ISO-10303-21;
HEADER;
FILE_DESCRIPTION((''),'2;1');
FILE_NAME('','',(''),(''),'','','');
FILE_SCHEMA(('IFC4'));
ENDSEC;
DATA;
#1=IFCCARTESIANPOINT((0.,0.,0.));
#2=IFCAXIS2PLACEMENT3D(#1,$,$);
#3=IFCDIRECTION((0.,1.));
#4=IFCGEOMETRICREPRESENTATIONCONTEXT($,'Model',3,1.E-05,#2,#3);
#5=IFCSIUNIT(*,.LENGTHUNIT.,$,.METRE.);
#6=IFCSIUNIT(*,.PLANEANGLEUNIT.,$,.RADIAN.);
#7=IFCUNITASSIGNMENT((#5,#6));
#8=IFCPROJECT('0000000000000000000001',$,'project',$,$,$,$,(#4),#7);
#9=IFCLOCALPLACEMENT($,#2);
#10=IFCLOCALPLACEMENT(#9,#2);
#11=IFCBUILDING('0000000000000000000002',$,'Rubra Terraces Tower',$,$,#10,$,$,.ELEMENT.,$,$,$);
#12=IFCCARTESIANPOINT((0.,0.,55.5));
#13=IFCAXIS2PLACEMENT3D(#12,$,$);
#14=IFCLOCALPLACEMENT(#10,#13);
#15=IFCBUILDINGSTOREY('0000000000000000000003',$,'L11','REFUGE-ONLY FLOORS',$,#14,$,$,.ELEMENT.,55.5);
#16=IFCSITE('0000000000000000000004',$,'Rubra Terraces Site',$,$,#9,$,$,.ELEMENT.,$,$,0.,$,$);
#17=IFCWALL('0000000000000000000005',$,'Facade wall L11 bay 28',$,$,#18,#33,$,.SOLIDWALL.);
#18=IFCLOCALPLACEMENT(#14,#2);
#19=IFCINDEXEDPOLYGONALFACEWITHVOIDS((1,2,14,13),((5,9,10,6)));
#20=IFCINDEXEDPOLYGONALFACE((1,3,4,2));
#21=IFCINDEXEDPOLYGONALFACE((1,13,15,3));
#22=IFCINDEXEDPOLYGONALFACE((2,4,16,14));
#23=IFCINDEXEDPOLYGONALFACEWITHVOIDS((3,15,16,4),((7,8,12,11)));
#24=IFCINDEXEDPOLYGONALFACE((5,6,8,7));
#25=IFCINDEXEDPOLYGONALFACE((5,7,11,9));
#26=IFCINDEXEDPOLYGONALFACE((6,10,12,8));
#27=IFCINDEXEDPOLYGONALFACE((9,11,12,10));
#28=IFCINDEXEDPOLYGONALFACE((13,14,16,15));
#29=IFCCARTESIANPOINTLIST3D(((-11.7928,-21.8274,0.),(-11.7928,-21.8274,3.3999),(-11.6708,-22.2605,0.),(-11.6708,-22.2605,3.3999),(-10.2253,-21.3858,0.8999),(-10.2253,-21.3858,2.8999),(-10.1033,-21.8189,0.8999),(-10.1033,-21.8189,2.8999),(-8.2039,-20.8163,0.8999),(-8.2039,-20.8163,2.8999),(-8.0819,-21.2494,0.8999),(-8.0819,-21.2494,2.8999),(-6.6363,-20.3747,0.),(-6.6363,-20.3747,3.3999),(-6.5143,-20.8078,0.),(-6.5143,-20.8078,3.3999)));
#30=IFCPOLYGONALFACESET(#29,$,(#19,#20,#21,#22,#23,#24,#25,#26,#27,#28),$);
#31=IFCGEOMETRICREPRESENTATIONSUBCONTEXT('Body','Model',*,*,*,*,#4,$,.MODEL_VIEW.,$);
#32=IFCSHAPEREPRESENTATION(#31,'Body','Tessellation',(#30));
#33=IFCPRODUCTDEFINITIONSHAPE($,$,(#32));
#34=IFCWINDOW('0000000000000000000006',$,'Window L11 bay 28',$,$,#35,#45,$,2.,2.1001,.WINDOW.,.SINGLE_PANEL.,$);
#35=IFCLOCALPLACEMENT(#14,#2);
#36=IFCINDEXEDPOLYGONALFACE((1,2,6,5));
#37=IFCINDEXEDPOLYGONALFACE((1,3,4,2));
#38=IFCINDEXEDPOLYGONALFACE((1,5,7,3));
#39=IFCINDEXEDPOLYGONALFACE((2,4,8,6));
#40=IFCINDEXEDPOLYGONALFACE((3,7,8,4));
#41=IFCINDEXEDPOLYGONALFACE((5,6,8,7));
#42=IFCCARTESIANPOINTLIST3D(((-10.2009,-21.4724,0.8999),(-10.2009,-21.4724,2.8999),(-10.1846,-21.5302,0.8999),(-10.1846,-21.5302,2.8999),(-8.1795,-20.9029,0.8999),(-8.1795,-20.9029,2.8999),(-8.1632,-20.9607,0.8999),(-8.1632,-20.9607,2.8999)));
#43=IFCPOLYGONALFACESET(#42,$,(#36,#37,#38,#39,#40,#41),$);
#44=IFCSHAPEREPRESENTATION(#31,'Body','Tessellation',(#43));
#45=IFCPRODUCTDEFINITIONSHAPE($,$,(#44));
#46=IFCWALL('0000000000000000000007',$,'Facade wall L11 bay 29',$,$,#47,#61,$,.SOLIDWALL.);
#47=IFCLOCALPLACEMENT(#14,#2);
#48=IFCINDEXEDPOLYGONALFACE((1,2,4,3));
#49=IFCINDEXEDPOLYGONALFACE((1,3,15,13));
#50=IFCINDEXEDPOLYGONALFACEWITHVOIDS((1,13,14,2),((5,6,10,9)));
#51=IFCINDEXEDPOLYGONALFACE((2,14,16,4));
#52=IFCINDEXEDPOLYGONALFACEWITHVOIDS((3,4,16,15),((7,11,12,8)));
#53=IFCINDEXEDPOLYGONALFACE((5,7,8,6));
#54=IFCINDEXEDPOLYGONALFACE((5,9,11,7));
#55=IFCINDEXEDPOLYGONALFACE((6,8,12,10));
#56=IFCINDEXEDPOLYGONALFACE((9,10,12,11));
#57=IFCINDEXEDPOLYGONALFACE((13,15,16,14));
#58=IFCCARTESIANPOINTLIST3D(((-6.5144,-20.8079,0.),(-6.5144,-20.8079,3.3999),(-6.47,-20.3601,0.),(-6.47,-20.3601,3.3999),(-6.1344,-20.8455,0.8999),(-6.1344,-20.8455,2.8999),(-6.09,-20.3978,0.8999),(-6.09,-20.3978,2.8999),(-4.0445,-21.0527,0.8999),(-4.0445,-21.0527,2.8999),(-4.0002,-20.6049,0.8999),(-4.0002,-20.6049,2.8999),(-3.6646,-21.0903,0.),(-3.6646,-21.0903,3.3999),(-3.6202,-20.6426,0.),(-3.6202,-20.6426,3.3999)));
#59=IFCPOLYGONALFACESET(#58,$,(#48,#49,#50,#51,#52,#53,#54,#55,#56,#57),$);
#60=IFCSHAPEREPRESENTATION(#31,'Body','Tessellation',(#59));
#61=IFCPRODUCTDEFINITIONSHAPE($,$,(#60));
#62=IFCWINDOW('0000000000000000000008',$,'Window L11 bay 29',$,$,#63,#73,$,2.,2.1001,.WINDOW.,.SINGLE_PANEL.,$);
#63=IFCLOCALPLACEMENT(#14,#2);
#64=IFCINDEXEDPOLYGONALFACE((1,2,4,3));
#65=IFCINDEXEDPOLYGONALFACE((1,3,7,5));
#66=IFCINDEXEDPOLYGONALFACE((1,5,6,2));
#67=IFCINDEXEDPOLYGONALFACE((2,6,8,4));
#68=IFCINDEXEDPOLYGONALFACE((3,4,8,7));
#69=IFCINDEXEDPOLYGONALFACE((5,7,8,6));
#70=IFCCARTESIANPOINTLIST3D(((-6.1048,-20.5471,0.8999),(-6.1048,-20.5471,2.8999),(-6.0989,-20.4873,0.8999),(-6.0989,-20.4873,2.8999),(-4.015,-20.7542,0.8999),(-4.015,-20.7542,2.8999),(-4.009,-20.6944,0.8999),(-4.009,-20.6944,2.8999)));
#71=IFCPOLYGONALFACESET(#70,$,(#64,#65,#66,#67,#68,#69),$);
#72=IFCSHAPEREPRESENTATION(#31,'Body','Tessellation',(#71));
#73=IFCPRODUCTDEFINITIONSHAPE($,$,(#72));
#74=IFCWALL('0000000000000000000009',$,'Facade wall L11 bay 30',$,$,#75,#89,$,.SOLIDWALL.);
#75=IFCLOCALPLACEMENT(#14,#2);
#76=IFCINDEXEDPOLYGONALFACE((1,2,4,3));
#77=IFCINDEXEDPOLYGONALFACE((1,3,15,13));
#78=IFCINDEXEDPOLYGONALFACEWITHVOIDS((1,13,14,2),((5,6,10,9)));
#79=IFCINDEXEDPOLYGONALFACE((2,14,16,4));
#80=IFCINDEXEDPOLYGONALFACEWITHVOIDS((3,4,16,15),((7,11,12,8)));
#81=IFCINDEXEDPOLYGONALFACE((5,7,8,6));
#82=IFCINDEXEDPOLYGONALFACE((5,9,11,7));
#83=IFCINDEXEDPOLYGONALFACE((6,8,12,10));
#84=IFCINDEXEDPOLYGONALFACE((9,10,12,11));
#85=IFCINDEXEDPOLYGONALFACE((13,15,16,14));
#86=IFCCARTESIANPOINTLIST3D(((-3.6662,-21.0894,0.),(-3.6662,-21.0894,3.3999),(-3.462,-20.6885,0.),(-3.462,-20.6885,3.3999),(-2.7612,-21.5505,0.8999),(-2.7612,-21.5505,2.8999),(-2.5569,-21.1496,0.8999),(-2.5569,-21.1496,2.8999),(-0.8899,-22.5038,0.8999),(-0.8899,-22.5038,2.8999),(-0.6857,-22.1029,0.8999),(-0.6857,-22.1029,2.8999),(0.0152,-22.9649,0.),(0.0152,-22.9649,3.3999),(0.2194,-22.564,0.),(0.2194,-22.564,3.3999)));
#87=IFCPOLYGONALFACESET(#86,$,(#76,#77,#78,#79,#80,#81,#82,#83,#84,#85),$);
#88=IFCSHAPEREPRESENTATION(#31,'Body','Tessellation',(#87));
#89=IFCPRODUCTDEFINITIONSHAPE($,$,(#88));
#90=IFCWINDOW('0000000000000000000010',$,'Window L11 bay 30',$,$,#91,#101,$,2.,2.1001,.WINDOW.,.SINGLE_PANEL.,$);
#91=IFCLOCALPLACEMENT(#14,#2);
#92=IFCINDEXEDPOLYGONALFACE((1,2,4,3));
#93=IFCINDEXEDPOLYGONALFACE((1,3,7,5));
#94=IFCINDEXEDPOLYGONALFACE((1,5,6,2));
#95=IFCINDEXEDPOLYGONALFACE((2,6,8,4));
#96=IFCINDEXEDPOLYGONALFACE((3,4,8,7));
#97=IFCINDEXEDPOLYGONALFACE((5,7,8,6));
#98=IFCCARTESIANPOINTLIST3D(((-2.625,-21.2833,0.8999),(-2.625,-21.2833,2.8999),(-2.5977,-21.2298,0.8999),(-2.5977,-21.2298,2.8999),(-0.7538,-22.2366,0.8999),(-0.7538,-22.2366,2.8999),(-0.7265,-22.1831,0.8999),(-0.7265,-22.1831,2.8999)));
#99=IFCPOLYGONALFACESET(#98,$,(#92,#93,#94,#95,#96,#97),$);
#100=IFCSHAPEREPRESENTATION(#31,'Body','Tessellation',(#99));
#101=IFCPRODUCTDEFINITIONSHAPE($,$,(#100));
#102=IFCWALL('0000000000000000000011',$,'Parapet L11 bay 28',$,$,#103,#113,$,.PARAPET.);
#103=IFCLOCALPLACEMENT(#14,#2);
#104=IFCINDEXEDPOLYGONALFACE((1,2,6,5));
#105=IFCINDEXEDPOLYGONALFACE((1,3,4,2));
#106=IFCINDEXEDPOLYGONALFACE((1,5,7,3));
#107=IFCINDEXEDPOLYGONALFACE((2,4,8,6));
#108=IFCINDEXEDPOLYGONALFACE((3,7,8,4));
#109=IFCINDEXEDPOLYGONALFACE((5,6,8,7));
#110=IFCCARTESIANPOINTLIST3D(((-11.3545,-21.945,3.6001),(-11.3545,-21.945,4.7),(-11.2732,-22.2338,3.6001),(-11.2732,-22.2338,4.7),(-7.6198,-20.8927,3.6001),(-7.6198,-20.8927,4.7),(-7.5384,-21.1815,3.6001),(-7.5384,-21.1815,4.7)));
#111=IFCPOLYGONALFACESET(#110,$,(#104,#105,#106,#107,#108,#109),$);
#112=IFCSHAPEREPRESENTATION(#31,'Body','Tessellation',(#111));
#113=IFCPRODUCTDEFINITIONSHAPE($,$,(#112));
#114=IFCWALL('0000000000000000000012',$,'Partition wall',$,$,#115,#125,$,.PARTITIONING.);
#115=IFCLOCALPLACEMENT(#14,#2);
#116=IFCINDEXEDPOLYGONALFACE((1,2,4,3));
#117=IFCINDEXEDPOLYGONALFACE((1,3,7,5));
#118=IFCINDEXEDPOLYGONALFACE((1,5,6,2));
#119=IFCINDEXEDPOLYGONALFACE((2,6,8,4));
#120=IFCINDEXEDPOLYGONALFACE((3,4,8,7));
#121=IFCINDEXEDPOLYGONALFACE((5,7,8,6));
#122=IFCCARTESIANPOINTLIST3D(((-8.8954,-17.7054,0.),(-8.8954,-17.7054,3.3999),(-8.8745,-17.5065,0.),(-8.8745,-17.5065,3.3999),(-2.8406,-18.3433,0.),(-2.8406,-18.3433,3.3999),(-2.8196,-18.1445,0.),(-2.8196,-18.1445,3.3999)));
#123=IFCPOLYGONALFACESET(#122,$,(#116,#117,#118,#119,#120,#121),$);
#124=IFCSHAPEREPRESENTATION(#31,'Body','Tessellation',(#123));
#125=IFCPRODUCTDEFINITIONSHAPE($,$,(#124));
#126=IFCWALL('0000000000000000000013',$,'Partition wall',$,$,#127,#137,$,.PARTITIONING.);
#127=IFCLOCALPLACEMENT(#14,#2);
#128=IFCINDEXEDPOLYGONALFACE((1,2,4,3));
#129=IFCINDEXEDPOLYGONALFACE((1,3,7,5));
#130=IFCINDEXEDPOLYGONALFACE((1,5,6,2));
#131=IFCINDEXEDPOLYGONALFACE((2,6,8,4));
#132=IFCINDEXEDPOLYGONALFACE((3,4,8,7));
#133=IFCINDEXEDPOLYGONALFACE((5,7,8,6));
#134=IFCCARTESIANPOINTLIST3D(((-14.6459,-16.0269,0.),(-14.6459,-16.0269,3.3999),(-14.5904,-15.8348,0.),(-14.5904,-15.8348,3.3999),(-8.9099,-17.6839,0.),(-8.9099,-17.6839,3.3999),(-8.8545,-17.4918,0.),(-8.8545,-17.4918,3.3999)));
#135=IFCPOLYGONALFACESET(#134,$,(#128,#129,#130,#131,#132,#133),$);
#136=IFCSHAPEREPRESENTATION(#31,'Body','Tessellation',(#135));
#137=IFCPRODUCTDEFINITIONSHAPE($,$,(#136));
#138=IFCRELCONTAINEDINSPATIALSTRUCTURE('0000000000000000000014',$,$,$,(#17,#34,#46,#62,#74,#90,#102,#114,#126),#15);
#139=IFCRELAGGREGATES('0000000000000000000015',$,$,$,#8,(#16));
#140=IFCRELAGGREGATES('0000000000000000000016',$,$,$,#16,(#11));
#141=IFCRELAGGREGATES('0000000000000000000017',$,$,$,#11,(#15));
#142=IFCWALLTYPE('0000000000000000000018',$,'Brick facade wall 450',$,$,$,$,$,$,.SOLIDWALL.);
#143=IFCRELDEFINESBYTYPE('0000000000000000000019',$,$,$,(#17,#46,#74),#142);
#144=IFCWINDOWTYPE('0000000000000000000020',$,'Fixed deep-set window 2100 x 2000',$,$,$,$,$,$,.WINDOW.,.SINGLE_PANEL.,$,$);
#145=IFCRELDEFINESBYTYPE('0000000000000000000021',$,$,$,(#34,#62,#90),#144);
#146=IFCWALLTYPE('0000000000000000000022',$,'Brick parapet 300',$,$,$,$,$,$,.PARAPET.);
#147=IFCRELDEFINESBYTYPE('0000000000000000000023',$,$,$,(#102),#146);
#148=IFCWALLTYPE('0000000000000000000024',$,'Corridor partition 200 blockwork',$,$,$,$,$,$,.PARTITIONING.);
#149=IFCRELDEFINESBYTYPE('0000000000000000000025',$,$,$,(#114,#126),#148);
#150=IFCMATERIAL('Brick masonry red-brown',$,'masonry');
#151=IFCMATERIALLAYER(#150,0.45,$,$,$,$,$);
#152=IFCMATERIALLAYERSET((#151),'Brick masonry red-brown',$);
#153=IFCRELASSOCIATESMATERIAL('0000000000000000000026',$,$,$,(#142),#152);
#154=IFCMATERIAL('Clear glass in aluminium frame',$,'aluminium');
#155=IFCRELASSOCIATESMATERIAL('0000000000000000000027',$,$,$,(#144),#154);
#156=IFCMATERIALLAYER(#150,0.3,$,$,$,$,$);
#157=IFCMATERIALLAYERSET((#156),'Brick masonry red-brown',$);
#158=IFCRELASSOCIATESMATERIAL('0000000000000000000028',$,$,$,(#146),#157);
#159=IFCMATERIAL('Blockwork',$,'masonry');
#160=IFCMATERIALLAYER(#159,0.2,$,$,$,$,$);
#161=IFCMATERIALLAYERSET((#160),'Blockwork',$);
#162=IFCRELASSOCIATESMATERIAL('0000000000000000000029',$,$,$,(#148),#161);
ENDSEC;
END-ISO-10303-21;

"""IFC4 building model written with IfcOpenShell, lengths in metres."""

from ifc_helpers import new_model, si_unit, direction, frame, frame_2d, origin, place, context, subcontext, project, spatial, rectangle, extrude, material, layer, layer_set, type_object, element, fill, save


model = new_model("IFC4")

# Units and contexts
model_context = context("Model", 3, precision=1e-05, world=origin(), true_north=direction((0.0, 1.0)))
body_context = subcontext(model_context, "Body", "Model", "MODEL_VIEW")
ifc_project = project(units=[si_unit("LENGTHUNIT", "METRE"), si_unit("PLANEANGLEUNIT", "RADIAN")], contexts=[model_context])

# Site, building, storey
site_placement = place(None, origin())
site = spatial("IfcSite", under=ifc_project, at=site_placement, Name="Rubra Terraces Site", CompositionType="ELEMENT", RefElevation=0.0)
building_placement = place(site_placement, origin())
building = spatial("IfcBuilding", under=site, at=building_placement, Name="Rubra Terraces Tower", CompositionType="ELEMENT")
storey_placement = place(building_placement, frame((0.0, 0.0, 55.5)))
storey = spatial("IfcBuildingStorey", under=building, at=storey_placement, Name="L11", Description="REFUGE-ONLY FLOORS", CompositionType="ELEMENT", Elevation=55.5)

# Walls, openings, windows
ifc_material_1 = material(Name="Brick masonry red-brown", Category="masonry")
ifc_layer_1 = layer(ifc_material_1, 0.45)
ifc_layer_set_1 = layer_set([ifc_layer_1], Name="Brick masonry red-brown")
wall_type_1 = type_object("IfcWallType", Name="Brick facade wall 450", PredefinedType="SOLIDWALL", material=ifc_layer_set_1)
wall_1_placement = place(storey_placement, frame((-11.7319, -22.0439, 0.0), z_axis=(0.0, 0.0, 1.0), x_axis=(0.962535, 0.271156, 0.0)))
wall_1 = element("IfcWall", 1, at=wall_1_placement, inside=storey, type_object=wall_type_1, Name="Facade wall L11 bay 28", PredefinedType="SOLIDWALL", context=body_context, shape_type="SweptSolid", body=[
    extrude(rectangle(XDim=5.3572, YDim=0.45, at=frame_2d((2.6787, 0.0))), origin(), (0.0, 0.0, 1.0), 3.3999),
])
opening_1_placement = place(wall_1_placement, frame((1.6287, 0.0, 0.8999)))
opening_1 = element("IfcOpeningElement", 2, at=opening_1_placement, cuts=wall_1, PredefinedType="OPENING", context=body_context, shape_type="SweptSolid", body=[
    extrude(rectangle(XDim=2.1001, YDim=2.0, at=frame_2d((1.05, 1.0))), frame((0.0, 0.2349, 0.0), z_axis=(0.0, -1.0, 0.0), x_axis=(1.0, 0.0, 0.0)), (0.0, 0.0, 1.0), 0.47),
])
ifc_material_2 = material(Name="Clear glass in aluminium frame", Category="aluminium")
window_type = type_object("IfcWindowType", Name="Fixed deep-set window 2100 x 2000", PartitioningType="SINGLE_PANEL", PredefinedType="WINDOW", material=ifc_material_2)
window_1_placement = place(opening_1_placement, origin())
window_1 = element("IfcWindow", 3, at=window_1_placement, inside=storey, type_object=window_type, Name="Window L11 bay 28", OverallHeight=2.0, OverallWidth=2.1001, PartitioningType="SINGLE_PANEL", PredefinedType="WINDOW", context=body_context, shape_type="SweptSolid", body=[
    extrude(rectangle(XDim=2.1001, YDim=2.0, at=frame_2d((1.05, 1.0))), frame((0.0, 0.135, 0.0), z_axis=(0.0, -1.0, 0.0), x_axis=(1.0, 0.0, 0.0)), (0.0, 0.0, 1.0), 0.0601),
])
fill(opening_1, window_1)
wall_2_placement = place(storey_placement, frame((-6.4922, -20.584, 0.0), z_axis=(0.0, 0.0, 1.0), x_axis=(0.995124, -0.098634, 0.0)))
wall_2 = element("IfcWall", 4, at=wall_2_placement, inside=storey, type_object=wall_type_1, Name="Facade wall L11 bay 29", PredefinedType="SOLIDWALL", context=body_context, shape_type="SweptSolid", body=[
    extrude(rectangle(XDim=2.8638, YDim=0.45, at=frame_2d((1.4319, 0.0))), origin(), (0.0, 0.0, 1.0), 3.3999),
])
opening_2_placement = place(wall_2_placement, frame((0.3818, 0.0, 0.8999)))
opening_2 = element("IfcOpeningElement", 5, at=opening_2_placement, cuts=wall_2, PredefinedType="OPENING", context=body_context, shape_type="SweptSolid", body=[
    extrude(rectangle(XDim=2.1001, YDim=2.0, at=frame_2d((1.05, 1.0))), frame((0.0, 0.2349, 0.0), z_axis=(0.0, -1.0, 0.0), x_axis=(1.0, 0.0, 0.0)), (0.0, 0.0, 1.0), 0.47),
])
window_2_placement = place(opening_2_placement, origin())
window_2 = element("IfcWindow", 6, at=window_2_placement, inside=storey, type_object=window_type, Name="Window L11 bay 29", OverallHeight=2.0, OverallWidth=2.1001, PartitioningType="SINGLE_PANEL", PredefinedType="WINDOW", context=body_context, shape_type="SweptSolid", body=[
    extrude(rectangle(XDim=2.1001, YDim=2.0, at=frame_2d((1.05, 1.0))), frame((0.0, 0.135, 0.0), z_axis=(0.0, -1.0, 0.0), x_axis=(1.0, 0.0, 0.0)), (0.0, 0.0, 1.0), 0.0601),
])
fill(opening_2, window_2)
wall_3_placement = place(storey_placement, frame((-3.5642, -20.8889, 0.0), z_axis=(0.0, 0.0, 1.0), x_axis=(0.891034, -0.453937, 0.0)))
wall_3 = element("IfcWall", 7, at=wall_3_placement, inside=storey, type_object=wall_type_1, Name="Facade wall L11 bay 30", PredefinedType="SOLIDWALL", context=body_context, shape_type="SweptSolid", body=[
    extrude(rectangle(XDim=4.1316, YDim=0.45, at=frame_2d((2.0659, 0.0))), origin(), (0.0, 0.0, 1.0), 3.3999),
])
opening_3_placement = place(wall_3_placement, frame((1.0159, 0.0, 0.8999)))
opening_3 = element("IfcOpeningElement", 8, at=opening_3_placement, cuts=wall_3, PredefinedType="OPENING", context=body_context, shape_type="SweptSolid", body=[
    extrude(rectangle(XDim=2.1001, YDim=2.0, at=frame_2d((1.05, 1.0))), frame((0.0, 0.2349, 0.0), z_axis=(0.0, -1.0, 0.0), x_axis=(1.0, 0.0, 0.0)), (0.0, 0.0, 1.0), 0.47),
])
window_3_placement = place(opening_3_placement, origin())
window_3 = element("IfcWindow", 9, at=window_3_placement, inside=storey, type_object=window_type, Name="Window L11 bay 30", OverallHeight=2.0, OverallWidth=2.1001, PartitioningType="SINGLE_PANEL", PredefinedType="WINDOW", context=body_context, shape_type="SweptSolid", body=[
    extrude(rectangle(XDim=2.1001, YDim=2.0, at=frame_2d((1.05, 1.0))), frame((0.0, 0.135, 0.0), z_axis=(0.0, -1.0, 0.0), x_axis=(1.0, 0.0, 0.0)), (0.0, 0.0, 1.0), 0.0601),
])
fill(opening_3, window_3)

# Walls
ifc_layer_2 = layer(ifc_material_1, 0.3)
ifc_layer_set_2 = layer_set([ifc_layer_2], Name="Brick masonry red-brown")
wall_type_2 = type_object("IfcWallType", Name="Brick parapet 300", PredefinedType="PARAPET", material=ifc_layer_set_2)
wall_4_placement = place(storey_placement, frame((-11.3137, -22.0894, 3.6001), z_axis=(0.0, 0.0, 1.0), x_axis=(0.962524, 0.271196, 0.0)))
element("IfcWall", 10, at=wall_4_placement, inside=storey, type_object=wall_type_2, Name="Parapet L11 bay 28", PredefinedType="PARAPET", context=body_context, shape_type="SweptSolid", body=[
    extrude(rectangle(XDim=3.8801, YDim=0.3, at=frame_2d((1.9399, 0.0))), origin(), (0.0, 0.0, 1.0), 1.0999),
])
ifc_material_3 = material(Name="Blockwork", Category="masonry")
ifc_layer_3 = layer(ifc_material_3, 0.2)
ifc_layer_set_3 = layer_set([ifc_layer_3], Name="Blockwork")
wall_type_3 = type_object("IfcWallType", Name="Corridor partition 200 blockwork", PredefinedType="PARTITIONING", material=ifc_layer_set_3)
wall_5_placement = place(storey_placement, frame((-2.8301, -18.2439, 0.0), z_axis=(0.0, 0.0, 1.0), x_axis=(-0.994496, 0.104779, 0.0)))
element("IfcWall", 11, at=wall_5_placement, inside=storey, type_object=wall_type_3, Name="Partition wall", PredefinedType="PARTITIONING", context=body_context, shape_type="SweptSolid", body=[
    extrude(rectangle(XDim=6.0884, YDim=0.2, at=frame_2d((3.0442, 0.0))), origin(), (0.0, 0.0, 1.0), 3.3999),
])
wall_6_placement = place(storey_placement, frame((-8.8821, -17.5879, 0.0), z_axis=(0.0, 0.0, 1.0), x_axis=(-0.960716, 0.277534, 0.0)))
element("IfcWall", 12, at=wall_6_placement, inside=storey, type_object=wall_type_3, Name="Partition wall", PredefinedType="PARTITIONING", context=body_context, shape_type="SweptSolid", body=[
    extrude(rectangle(XDim=5.9705, YDim=0.2, at=frame_2d((2.9854, 0.0))), origin(), (0.0, 0.0, 1.0), 3.3999),
])

save(model, "model.ifc")
